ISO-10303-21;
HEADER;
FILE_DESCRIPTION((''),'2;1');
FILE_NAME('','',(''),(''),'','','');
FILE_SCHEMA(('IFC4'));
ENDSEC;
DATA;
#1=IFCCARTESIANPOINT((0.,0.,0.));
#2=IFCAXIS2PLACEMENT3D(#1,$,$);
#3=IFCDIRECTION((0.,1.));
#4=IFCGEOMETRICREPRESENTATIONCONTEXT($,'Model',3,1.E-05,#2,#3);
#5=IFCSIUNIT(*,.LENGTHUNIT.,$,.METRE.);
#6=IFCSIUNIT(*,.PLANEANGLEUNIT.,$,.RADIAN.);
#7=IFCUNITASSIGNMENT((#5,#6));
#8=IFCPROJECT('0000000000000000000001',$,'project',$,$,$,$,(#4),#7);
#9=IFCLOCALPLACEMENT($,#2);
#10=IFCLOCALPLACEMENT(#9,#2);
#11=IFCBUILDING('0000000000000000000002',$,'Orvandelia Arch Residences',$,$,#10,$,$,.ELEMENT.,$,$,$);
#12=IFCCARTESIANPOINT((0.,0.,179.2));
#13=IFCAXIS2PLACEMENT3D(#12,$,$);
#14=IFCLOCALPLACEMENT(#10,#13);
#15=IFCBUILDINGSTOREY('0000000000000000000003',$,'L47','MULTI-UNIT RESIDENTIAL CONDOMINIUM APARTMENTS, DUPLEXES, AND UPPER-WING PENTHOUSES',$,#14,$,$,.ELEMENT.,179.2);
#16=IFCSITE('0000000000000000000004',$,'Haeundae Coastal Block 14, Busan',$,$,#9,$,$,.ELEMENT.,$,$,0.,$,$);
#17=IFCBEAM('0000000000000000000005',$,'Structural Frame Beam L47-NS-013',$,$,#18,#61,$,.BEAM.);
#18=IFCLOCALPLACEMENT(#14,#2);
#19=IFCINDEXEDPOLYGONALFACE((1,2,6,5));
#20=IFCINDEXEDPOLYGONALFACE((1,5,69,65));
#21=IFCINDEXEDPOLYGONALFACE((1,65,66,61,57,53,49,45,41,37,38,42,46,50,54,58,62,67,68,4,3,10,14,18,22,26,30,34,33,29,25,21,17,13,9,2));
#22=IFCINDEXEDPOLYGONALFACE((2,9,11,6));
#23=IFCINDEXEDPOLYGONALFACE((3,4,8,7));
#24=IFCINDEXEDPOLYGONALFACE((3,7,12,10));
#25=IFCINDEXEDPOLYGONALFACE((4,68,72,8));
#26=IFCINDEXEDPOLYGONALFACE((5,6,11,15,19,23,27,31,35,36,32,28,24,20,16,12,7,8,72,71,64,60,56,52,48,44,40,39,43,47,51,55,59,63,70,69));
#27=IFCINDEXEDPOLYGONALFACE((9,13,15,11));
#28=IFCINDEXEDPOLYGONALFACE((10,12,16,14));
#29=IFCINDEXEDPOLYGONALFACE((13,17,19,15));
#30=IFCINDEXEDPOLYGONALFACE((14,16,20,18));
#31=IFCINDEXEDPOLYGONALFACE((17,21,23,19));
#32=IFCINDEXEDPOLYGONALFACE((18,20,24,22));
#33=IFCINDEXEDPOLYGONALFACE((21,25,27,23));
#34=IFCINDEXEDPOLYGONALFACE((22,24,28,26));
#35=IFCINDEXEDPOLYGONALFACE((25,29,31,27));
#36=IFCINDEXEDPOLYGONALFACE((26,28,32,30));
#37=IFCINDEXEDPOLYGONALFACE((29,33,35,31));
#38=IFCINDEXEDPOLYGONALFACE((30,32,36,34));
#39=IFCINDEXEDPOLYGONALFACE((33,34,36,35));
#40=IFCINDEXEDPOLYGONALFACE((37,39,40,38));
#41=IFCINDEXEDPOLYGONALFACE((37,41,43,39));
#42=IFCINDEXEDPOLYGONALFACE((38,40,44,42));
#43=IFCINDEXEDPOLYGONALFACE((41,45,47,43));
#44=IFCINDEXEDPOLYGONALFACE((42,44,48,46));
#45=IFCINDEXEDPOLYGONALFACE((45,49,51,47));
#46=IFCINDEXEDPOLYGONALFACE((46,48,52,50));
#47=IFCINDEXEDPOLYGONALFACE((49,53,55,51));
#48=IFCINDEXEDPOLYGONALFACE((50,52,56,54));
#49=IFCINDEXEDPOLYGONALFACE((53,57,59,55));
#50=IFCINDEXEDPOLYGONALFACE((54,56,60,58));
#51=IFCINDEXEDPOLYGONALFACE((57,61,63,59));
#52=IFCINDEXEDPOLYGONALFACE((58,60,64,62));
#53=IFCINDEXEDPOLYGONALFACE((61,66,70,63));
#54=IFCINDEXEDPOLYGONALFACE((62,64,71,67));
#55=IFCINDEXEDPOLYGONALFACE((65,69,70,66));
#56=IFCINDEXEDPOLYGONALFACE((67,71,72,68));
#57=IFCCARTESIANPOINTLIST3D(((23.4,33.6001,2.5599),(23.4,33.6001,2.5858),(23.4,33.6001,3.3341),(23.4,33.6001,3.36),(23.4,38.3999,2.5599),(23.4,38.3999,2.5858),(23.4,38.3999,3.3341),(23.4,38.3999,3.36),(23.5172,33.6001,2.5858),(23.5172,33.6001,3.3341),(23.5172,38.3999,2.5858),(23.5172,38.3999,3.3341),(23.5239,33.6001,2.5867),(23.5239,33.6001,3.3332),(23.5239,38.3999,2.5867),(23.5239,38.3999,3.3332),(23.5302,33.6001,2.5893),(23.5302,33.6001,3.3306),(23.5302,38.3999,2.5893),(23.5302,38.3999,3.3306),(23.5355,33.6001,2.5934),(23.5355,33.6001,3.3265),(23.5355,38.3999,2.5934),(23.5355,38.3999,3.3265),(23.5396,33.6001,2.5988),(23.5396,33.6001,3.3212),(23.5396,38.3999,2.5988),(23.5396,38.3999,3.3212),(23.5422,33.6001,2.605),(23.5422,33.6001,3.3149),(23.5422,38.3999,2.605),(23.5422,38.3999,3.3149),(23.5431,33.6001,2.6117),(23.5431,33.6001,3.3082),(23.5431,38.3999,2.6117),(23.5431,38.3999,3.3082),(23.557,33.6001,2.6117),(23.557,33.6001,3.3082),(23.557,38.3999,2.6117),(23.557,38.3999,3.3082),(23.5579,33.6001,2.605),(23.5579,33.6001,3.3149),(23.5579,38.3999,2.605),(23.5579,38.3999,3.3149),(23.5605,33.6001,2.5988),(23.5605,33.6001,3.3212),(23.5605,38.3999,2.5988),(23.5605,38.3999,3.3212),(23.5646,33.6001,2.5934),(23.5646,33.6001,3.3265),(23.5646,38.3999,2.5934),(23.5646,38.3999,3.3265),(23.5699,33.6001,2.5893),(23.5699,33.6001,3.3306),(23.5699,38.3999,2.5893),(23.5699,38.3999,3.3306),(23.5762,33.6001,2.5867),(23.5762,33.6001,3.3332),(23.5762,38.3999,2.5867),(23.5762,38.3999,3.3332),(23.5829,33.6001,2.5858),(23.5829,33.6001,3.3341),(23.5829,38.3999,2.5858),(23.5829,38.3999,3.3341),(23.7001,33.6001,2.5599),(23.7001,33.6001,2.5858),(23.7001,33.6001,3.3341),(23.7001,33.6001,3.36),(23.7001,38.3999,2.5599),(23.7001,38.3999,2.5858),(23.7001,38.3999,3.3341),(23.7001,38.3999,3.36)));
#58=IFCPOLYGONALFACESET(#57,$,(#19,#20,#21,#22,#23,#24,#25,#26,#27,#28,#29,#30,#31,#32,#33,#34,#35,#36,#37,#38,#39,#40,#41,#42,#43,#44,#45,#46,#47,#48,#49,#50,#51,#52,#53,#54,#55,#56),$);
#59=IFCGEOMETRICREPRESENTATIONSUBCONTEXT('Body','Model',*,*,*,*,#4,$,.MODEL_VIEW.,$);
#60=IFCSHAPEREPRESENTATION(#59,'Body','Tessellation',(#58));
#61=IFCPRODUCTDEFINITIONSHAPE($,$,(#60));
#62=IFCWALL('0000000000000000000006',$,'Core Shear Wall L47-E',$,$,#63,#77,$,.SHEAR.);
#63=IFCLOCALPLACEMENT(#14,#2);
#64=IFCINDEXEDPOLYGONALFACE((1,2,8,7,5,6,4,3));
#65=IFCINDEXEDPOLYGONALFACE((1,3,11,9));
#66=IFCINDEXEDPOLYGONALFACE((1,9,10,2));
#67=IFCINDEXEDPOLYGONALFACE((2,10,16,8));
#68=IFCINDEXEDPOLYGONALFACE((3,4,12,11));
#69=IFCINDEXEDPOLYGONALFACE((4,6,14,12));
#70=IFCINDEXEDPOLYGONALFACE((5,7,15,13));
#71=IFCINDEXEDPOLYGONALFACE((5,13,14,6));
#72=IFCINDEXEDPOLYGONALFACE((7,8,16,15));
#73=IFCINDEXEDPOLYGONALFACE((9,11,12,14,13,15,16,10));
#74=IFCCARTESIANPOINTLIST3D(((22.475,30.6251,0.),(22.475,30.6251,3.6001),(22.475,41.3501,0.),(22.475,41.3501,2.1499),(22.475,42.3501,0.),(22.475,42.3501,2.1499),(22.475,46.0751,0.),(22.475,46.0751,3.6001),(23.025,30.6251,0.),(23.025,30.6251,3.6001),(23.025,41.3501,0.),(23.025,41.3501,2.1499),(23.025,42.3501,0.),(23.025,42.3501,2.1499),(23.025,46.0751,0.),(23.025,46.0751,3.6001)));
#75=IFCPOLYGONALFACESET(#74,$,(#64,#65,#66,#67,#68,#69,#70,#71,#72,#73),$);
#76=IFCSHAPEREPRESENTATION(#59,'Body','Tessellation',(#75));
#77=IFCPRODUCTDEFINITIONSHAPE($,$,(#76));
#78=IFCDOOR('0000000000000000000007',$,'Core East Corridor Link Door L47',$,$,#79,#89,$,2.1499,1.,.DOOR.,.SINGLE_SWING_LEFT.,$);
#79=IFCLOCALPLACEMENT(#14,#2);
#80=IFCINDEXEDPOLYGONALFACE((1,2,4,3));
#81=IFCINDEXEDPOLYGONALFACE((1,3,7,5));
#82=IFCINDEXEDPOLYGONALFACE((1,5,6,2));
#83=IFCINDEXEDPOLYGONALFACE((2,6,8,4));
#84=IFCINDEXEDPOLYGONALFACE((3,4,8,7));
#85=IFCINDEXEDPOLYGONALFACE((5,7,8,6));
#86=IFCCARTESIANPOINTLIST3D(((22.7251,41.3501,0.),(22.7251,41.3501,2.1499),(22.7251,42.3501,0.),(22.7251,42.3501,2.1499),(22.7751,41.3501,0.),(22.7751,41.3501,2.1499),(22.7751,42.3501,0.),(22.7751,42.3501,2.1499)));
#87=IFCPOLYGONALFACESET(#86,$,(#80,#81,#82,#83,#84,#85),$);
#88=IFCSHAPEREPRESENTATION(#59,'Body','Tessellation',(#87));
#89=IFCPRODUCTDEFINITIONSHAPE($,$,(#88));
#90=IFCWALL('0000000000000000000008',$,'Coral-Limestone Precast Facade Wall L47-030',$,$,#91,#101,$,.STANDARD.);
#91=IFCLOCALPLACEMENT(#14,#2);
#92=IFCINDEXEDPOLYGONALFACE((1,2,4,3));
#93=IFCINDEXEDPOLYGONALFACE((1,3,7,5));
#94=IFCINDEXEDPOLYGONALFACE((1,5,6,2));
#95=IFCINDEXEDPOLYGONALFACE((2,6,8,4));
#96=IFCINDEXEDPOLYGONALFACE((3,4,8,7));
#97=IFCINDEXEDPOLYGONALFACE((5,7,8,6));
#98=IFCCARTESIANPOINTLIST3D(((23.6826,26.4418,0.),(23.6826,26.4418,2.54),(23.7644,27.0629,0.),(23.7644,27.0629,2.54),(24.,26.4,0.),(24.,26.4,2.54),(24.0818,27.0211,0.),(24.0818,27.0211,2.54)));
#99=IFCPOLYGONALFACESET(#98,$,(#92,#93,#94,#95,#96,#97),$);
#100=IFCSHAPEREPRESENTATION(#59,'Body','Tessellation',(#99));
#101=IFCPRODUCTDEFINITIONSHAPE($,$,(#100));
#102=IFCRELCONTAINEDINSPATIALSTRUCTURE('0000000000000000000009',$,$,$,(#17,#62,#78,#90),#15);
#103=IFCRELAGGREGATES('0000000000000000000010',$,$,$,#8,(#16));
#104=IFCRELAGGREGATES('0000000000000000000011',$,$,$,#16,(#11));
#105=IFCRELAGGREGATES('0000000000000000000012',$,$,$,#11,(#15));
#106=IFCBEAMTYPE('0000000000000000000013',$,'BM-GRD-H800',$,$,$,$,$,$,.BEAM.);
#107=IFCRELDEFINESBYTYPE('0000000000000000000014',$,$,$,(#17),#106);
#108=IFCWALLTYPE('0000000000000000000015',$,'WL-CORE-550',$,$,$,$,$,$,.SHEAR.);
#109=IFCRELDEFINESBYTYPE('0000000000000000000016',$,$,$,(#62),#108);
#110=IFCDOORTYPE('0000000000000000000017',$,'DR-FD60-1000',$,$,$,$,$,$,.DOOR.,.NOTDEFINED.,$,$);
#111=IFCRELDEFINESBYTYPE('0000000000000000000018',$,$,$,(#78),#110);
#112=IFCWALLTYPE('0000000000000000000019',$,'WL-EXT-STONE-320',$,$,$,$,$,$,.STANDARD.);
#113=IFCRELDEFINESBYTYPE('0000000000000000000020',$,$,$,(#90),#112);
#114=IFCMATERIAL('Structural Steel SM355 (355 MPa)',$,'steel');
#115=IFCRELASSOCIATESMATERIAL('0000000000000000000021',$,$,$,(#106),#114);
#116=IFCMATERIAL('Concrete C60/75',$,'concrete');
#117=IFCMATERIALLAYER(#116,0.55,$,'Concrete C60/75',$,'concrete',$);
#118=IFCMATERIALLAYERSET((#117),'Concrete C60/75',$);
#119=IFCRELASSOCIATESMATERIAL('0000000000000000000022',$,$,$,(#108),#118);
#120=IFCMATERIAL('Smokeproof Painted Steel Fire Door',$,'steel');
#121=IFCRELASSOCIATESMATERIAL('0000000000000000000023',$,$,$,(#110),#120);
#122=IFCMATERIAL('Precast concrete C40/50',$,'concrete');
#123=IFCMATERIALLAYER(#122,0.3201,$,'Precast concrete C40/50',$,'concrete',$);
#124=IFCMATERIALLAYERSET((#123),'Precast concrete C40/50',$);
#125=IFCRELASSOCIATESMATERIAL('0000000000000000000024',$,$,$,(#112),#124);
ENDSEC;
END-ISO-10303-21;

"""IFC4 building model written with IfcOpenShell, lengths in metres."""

from ifc_helpers import new_model, si_unit, direction, frame, frame_2d, origin, origin_2d, place, context, subcontext, project, spatial, rectangle, i_section, extrude, material, layer, layer_set, material_profile, profile_set, type_object, element, fill, save


model = new_model("IFC4")

# Units and contexts
model_context = context("Model", 3, precision=1e-05, world=origin(), true_north=direction((0.0, 1.0)))
body_context = subcontext(model_context, "Body", "Model", "MODEL_VIEW")
ifc_project = project(units=[si_unit("LENGTHUNIT", "METRE"), si_unit("PLANEANGLEUNIT", "RADIAN")], contexts=[model_context])

# Site, building, storey
site_placement = place(None, origin())
site = spatial("IfcSite", under=ifc_project, at=site_placement, Name="Haeundae Coastal Block 14, Busan", CompositionType="ELEMENT", RefElevation=0.0)
building_placement = place(site_placement, origin())
building = spatial("IfcBuilding", under=site, at=building_placement, Name="Orvandelia Arch Residences", CompositionType="ELEMENT")
storey_placement = place(building_placement, frame((0.0, 0.0, 179.2)))
storey = spatial("IfcBuildingStorey", under=building, at=storey_placement, Name="L47", Description="MULTI-UNIT RESIDENTIAL CONDOMINIUM APARTMENTS, DUPLEXES, AND UPPER-WING PENTHOUSES", CompositionType="ELEMENT", Elevation=179.2)

# Shared definitions
ifc_material_1 = material(Name="Concrete C60/75", Category="concrete")

# Beam
ifc_material_2 = material(Name="Structural Steel SM355 (355 MPa)", Category="steel")
ifc_material_profile_1 = material_profile(ifc_material_2, i_section(OverallWidth=0.3, OverallDepth=0.8, WebThickness=0.0139, FlangeThickness=0.0259, FilletRadius=0.0259, at=origin_2d()), Name="Structural Steel SM355 (355 MPa)", Category="steel")
ifc_profile_set_1 = profile_set([ifc_material_profile_1], Name="Structural Steel SM355 (355 MPa)")
beam_type = type_object("IfcBeamType", Name="BM-GRD-H800", PredefinedType="BEAM", material=ifc_profile_set_1)
beam_1_placement = place(storey_placement, frame((23.55, 33.6001, 2.96), z_axis=(0.0, 1.0, 0.0), x_axis=(-1.0, 0.0, 0.0)))
element("IfcBeam", 1, at=beam_1_placement, inside=storey, type_object=beam_type, Name="Structural Frame Beam L47-NS-013", PredefinedType="BEAM", context=body_context, shape_type="SweptSolid", body=[
    extrude(i_section(OverallWidth=0.3, OverallDepth=0.8, WebThickness=0.0139, FlangeThickness=0.0259, FilletRadius=0.0259, at=origin_2d()), origin(), (0.0, 0.0, 1.0), 4.7998),
])

# Wall, opening, door
ifc_layer_1 = layer(ifc_material_1, 0.55, Name="Concrete C60/75", Category="concrete")
ifc_layer_set_1 = layer_set([ifc_layer_1], Name="Concrete C60/75")
wall_type_1 = type_object("IfcWallType", Name="WL-CORE-550", PredefinedType="SHEAR", material=ifc_layer_set_1)
wall_1_placement = place(storey_placement, frame((22.75, 30.625, 0.0), z_axis=(0.0, 0.0, 1.0), x_axis=(0.0, 1.0, 0.0)))
wall_1 = element("IfcWall", 2, at=wall_1_placement, inside=storey, type_object=wall_type_1, Name="Core Shear Wall L47-E", PredefinedType="SHEAR", context=body_context, shape_type="SweptSolid", body=[
    extrude(rectangle(XDim=15.45, YDim=0.55, at=frame_2d((7.7251, 0.0))), origin(), (0.0, 0.0, 1.0), 3.6001),
])
opening_1_placement = place(wall_1_placement, frame((10.7251, 0.0, 0.0)))
opening_1 = element("IfcOpeningElement", 3, at=opening_1_placement, cuts=wall_1, PredefinedType="OPENING", context=body_context, shape_type="SweptSolid", body=[
    extrude(rectangle(XDim=1.0, YDim=2.1499, at=frame_2d((0.5, 1.075))), frame((0.0, 0.2852, 0.0), z_axis=(0.0, -1.0, 0.0), x_axis=(1.0, 0.0, 0.0)), (0.0, 0.0, 1.0), 0.5701),
])
ifc_material_3 = material(Name="Smokeproof Painted Steel Fire Door", Category="steel")
door_type = type_object("IfcDoorType", Name="DR-FD60-1000", OperationType="NOTDEFINED", PredefinedType="DOOR", material=ifc_material_3)
door_placement = place(opening_1_placement, origin())
door = element("IfcDoor", 4, at=door_placement, inside=storey, type_object=door_type, Name="Core East Corridor Link Door L47", OperationType="SINGLE_SWING_LEFT", OverallHeight=2.1499, OverallWidth=1.0, PredefinedType="DOOR", context=body_context, shape_type="SweptSolid", body=[
    extrude(rectangle(XDim=1.0, YDim=2.1499, at=frame_2d((0.5, 1.075))), frame((0.0, 0.0249, 0.0), z_axis=(0.0, -1.0, 0.0), x_axis=(1.0, 0.0, 0.0)), (0.0, 0.0, 1.0), 0.05),
])
fill(opening_1, door)

# Wall
ifc_material_4 = material(Name="Precast concrete C40/50", Category="concrete")
ifc_layer_2 = layer(ifc_material_4, 0.3201, Name="Precast concrete C40/50", Category="concrete")
ifc_layer_set_2 = layer_set([ifc_layer_2], Name="Precast concrete C40/50")
wall_type_2 = type_object("IfcWallType", Name="WL-EXT-STONE-320", PredefinedType="STANDARD", material=ifc_layer_set_2)
wall_2_placement = place(storey_placement, frame((23.9231, 27.042, 0.0), z_axis=(0.0, 0.0, 1.0), x_axis=(-0.130555, -0.991441, 0.0)))
element("IfcWall", 5, at=wall_2_placement, inside=storey, type_object=wall_type_2, Name="Coral-Limestone Precast Facade Wall L47-030", PredefinedType="STANDARD", context=body_context, shape_type="SweptSolid", body=[
    extrude(rectangle(XDim=0.6265, YDim=0.3201, at=frame_2d((0.3132, 0.0))), origin(), (0.0, 0.0, 1.0), 2.54),
])

save(model, "model.ifc")
